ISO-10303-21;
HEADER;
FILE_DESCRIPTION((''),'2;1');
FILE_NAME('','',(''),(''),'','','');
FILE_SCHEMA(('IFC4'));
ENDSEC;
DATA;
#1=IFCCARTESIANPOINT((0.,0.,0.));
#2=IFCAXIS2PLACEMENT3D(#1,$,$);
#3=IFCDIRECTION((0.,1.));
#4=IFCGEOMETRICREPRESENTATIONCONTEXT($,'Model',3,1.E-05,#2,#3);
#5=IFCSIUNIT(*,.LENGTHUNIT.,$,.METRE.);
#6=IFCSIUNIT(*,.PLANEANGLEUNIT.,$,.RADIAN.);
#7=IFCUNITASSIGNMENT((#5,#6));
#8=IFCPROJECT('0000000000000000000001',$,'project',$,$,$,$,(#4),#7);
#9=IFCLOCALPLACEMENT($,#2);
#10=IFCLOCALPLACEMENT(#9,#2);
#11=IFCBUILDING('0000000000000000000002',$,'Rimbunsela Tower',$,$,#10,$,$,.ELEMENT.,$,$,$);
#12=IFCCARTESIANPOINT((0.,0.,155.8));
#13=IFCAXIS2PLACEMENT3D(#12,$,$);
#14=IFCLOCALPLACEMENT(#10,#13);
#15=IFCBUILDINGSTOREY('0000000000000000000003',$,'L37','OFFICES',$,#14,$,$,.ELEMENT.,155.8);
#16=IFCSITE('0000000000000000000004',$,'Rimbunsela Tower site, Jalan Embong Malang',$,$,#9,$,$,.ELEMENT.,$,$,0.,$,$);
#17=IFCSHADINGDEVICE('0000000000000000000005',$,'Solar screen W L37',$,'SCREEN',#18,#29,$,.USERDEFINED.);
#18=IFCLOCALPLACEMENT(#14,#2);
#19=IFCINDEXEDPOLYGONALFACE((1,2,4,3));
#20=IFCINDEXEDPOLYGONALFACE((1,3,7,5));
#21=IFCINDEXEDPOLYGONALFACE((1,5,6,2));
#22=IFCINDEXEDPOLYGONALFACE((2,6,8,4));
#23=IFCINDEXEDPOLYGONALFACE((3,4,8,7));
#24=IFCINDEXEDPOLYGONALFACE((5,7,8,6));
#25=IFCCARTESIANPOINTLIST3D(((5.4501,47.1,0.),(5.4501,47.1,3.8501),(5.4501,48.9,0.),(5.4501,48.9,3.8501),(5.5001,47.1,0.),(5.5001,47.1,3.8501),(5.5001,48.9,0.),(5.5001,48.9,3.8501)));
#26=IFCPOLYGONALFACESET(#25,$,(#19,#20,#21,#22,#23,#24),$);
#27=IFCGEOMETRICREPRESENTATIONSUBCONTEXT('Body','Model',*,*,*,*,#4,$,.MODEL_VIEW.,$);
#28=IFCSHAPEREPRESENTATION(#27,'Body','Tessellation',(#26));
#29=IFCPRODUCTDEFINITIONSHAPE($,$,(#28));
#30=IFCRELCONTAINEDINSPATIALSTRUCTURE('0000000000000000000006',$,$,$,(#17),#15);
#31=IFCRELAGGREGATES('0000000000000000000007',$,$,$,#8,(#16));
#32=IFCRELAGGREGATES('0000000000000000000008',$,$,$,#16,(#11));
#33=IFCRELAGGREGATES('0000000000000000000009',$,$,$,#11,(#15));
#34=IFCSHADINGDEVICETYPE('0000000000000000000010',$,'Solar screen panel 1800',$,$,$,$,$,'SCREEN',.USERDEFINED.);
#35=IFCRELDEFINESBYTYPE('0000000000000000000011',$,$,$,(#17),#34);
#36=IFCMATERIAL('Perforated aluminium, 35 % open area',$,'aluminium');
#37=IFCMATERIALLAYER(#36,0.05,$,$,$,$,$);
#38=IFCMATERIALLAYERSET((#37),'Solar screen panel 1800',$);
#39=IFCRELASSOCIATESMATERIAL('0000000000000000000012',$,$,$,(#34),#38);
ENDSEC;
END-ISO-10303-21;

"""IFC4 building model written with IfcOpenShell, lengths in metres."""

from ifc_helpers import new_model, si_unit, direction, frame, origin, origin_2d, place, context, subcontext, project, spatial, rectangle, extrude, material, layer, layer_set, type_object, element, save


model = new_model("IFC4")

# Units and contexts
model_context = context("Model", 3, precision=1e-05, world=origin(), true_north=direction((0.0, 1.0)))
body_context = subcontext(model_context, "Body", "Model", "MODEL_VIEW")
ifc_project = project(units=[si_unit("LENGTHUNIT", "METRE"), si_unit("PLANEANGLEUNIT", "RADIAN")], contexts=[model_context])

# Site, building, storey
site_placement = place(None, origin())
site = spatial("IfcSite", under=ifc_project, at=site_placement, Name="Rimbunsela Tower site, Jalan Embong Malang", CompositionType="ELEMENT", RefElevation=0.0)
building_placement = place(site_placement, origin())
building = spatial("IfcBuilding", under=site, at=building_placement, Name="Rimbunsela Tower", CompositionType="ELEMENT")
storey_placement = place(building_placement, frame((0.0, 0.0, 155.8)))
storey = spatial("IfcBuildingStorey", under=building, at=storey_placement, Name="L37", Description="OFFICES", CompositionType="ELEMENT", Elevation=155.8)

# Shading device
ifc_material_1 = material(Name="Perforated aluminium, 35 % open area", Category="aluminium")
ifc_layer_1 = layer(ifc_material_1, 0.05)
ifc_layer_set_1 = layer_set([ifc_layer_1], Name="Solar screen panel 1800")
shading_device_type = type_object("IfcShadingDeviceType", Name="Solar screen panel 1800", ElementType="SCREEN", PredefinedType="USERDEFINED", material=ifc_layer_set_1)
for number, where, z_axis, x_axis, name in (
    (1, (5.4751, 48.0, 0.0), (0.0, 0.0, 1.0), (0.0, 1.0, 0.0), "Solar screen W L37"),
):
    element("IfcShadingDevice", number, at=place(storey_placement, frame(where, z_axis=z_axis, x_axis=x_axis)), inside=storey, type_object=shading_device_type, Name=name, ObjectType="SCREEN", PredefinedType="USERDEFINED", context=body_context, shape_type="SweptSolid", body=[
        extrude(rectangle(XDim=1.8, YDim=0.05, at=origin_2d()), origin(), (0.0, 0.0, 1.0), 3.8501),
    ])

save(model, "model.ifc")
